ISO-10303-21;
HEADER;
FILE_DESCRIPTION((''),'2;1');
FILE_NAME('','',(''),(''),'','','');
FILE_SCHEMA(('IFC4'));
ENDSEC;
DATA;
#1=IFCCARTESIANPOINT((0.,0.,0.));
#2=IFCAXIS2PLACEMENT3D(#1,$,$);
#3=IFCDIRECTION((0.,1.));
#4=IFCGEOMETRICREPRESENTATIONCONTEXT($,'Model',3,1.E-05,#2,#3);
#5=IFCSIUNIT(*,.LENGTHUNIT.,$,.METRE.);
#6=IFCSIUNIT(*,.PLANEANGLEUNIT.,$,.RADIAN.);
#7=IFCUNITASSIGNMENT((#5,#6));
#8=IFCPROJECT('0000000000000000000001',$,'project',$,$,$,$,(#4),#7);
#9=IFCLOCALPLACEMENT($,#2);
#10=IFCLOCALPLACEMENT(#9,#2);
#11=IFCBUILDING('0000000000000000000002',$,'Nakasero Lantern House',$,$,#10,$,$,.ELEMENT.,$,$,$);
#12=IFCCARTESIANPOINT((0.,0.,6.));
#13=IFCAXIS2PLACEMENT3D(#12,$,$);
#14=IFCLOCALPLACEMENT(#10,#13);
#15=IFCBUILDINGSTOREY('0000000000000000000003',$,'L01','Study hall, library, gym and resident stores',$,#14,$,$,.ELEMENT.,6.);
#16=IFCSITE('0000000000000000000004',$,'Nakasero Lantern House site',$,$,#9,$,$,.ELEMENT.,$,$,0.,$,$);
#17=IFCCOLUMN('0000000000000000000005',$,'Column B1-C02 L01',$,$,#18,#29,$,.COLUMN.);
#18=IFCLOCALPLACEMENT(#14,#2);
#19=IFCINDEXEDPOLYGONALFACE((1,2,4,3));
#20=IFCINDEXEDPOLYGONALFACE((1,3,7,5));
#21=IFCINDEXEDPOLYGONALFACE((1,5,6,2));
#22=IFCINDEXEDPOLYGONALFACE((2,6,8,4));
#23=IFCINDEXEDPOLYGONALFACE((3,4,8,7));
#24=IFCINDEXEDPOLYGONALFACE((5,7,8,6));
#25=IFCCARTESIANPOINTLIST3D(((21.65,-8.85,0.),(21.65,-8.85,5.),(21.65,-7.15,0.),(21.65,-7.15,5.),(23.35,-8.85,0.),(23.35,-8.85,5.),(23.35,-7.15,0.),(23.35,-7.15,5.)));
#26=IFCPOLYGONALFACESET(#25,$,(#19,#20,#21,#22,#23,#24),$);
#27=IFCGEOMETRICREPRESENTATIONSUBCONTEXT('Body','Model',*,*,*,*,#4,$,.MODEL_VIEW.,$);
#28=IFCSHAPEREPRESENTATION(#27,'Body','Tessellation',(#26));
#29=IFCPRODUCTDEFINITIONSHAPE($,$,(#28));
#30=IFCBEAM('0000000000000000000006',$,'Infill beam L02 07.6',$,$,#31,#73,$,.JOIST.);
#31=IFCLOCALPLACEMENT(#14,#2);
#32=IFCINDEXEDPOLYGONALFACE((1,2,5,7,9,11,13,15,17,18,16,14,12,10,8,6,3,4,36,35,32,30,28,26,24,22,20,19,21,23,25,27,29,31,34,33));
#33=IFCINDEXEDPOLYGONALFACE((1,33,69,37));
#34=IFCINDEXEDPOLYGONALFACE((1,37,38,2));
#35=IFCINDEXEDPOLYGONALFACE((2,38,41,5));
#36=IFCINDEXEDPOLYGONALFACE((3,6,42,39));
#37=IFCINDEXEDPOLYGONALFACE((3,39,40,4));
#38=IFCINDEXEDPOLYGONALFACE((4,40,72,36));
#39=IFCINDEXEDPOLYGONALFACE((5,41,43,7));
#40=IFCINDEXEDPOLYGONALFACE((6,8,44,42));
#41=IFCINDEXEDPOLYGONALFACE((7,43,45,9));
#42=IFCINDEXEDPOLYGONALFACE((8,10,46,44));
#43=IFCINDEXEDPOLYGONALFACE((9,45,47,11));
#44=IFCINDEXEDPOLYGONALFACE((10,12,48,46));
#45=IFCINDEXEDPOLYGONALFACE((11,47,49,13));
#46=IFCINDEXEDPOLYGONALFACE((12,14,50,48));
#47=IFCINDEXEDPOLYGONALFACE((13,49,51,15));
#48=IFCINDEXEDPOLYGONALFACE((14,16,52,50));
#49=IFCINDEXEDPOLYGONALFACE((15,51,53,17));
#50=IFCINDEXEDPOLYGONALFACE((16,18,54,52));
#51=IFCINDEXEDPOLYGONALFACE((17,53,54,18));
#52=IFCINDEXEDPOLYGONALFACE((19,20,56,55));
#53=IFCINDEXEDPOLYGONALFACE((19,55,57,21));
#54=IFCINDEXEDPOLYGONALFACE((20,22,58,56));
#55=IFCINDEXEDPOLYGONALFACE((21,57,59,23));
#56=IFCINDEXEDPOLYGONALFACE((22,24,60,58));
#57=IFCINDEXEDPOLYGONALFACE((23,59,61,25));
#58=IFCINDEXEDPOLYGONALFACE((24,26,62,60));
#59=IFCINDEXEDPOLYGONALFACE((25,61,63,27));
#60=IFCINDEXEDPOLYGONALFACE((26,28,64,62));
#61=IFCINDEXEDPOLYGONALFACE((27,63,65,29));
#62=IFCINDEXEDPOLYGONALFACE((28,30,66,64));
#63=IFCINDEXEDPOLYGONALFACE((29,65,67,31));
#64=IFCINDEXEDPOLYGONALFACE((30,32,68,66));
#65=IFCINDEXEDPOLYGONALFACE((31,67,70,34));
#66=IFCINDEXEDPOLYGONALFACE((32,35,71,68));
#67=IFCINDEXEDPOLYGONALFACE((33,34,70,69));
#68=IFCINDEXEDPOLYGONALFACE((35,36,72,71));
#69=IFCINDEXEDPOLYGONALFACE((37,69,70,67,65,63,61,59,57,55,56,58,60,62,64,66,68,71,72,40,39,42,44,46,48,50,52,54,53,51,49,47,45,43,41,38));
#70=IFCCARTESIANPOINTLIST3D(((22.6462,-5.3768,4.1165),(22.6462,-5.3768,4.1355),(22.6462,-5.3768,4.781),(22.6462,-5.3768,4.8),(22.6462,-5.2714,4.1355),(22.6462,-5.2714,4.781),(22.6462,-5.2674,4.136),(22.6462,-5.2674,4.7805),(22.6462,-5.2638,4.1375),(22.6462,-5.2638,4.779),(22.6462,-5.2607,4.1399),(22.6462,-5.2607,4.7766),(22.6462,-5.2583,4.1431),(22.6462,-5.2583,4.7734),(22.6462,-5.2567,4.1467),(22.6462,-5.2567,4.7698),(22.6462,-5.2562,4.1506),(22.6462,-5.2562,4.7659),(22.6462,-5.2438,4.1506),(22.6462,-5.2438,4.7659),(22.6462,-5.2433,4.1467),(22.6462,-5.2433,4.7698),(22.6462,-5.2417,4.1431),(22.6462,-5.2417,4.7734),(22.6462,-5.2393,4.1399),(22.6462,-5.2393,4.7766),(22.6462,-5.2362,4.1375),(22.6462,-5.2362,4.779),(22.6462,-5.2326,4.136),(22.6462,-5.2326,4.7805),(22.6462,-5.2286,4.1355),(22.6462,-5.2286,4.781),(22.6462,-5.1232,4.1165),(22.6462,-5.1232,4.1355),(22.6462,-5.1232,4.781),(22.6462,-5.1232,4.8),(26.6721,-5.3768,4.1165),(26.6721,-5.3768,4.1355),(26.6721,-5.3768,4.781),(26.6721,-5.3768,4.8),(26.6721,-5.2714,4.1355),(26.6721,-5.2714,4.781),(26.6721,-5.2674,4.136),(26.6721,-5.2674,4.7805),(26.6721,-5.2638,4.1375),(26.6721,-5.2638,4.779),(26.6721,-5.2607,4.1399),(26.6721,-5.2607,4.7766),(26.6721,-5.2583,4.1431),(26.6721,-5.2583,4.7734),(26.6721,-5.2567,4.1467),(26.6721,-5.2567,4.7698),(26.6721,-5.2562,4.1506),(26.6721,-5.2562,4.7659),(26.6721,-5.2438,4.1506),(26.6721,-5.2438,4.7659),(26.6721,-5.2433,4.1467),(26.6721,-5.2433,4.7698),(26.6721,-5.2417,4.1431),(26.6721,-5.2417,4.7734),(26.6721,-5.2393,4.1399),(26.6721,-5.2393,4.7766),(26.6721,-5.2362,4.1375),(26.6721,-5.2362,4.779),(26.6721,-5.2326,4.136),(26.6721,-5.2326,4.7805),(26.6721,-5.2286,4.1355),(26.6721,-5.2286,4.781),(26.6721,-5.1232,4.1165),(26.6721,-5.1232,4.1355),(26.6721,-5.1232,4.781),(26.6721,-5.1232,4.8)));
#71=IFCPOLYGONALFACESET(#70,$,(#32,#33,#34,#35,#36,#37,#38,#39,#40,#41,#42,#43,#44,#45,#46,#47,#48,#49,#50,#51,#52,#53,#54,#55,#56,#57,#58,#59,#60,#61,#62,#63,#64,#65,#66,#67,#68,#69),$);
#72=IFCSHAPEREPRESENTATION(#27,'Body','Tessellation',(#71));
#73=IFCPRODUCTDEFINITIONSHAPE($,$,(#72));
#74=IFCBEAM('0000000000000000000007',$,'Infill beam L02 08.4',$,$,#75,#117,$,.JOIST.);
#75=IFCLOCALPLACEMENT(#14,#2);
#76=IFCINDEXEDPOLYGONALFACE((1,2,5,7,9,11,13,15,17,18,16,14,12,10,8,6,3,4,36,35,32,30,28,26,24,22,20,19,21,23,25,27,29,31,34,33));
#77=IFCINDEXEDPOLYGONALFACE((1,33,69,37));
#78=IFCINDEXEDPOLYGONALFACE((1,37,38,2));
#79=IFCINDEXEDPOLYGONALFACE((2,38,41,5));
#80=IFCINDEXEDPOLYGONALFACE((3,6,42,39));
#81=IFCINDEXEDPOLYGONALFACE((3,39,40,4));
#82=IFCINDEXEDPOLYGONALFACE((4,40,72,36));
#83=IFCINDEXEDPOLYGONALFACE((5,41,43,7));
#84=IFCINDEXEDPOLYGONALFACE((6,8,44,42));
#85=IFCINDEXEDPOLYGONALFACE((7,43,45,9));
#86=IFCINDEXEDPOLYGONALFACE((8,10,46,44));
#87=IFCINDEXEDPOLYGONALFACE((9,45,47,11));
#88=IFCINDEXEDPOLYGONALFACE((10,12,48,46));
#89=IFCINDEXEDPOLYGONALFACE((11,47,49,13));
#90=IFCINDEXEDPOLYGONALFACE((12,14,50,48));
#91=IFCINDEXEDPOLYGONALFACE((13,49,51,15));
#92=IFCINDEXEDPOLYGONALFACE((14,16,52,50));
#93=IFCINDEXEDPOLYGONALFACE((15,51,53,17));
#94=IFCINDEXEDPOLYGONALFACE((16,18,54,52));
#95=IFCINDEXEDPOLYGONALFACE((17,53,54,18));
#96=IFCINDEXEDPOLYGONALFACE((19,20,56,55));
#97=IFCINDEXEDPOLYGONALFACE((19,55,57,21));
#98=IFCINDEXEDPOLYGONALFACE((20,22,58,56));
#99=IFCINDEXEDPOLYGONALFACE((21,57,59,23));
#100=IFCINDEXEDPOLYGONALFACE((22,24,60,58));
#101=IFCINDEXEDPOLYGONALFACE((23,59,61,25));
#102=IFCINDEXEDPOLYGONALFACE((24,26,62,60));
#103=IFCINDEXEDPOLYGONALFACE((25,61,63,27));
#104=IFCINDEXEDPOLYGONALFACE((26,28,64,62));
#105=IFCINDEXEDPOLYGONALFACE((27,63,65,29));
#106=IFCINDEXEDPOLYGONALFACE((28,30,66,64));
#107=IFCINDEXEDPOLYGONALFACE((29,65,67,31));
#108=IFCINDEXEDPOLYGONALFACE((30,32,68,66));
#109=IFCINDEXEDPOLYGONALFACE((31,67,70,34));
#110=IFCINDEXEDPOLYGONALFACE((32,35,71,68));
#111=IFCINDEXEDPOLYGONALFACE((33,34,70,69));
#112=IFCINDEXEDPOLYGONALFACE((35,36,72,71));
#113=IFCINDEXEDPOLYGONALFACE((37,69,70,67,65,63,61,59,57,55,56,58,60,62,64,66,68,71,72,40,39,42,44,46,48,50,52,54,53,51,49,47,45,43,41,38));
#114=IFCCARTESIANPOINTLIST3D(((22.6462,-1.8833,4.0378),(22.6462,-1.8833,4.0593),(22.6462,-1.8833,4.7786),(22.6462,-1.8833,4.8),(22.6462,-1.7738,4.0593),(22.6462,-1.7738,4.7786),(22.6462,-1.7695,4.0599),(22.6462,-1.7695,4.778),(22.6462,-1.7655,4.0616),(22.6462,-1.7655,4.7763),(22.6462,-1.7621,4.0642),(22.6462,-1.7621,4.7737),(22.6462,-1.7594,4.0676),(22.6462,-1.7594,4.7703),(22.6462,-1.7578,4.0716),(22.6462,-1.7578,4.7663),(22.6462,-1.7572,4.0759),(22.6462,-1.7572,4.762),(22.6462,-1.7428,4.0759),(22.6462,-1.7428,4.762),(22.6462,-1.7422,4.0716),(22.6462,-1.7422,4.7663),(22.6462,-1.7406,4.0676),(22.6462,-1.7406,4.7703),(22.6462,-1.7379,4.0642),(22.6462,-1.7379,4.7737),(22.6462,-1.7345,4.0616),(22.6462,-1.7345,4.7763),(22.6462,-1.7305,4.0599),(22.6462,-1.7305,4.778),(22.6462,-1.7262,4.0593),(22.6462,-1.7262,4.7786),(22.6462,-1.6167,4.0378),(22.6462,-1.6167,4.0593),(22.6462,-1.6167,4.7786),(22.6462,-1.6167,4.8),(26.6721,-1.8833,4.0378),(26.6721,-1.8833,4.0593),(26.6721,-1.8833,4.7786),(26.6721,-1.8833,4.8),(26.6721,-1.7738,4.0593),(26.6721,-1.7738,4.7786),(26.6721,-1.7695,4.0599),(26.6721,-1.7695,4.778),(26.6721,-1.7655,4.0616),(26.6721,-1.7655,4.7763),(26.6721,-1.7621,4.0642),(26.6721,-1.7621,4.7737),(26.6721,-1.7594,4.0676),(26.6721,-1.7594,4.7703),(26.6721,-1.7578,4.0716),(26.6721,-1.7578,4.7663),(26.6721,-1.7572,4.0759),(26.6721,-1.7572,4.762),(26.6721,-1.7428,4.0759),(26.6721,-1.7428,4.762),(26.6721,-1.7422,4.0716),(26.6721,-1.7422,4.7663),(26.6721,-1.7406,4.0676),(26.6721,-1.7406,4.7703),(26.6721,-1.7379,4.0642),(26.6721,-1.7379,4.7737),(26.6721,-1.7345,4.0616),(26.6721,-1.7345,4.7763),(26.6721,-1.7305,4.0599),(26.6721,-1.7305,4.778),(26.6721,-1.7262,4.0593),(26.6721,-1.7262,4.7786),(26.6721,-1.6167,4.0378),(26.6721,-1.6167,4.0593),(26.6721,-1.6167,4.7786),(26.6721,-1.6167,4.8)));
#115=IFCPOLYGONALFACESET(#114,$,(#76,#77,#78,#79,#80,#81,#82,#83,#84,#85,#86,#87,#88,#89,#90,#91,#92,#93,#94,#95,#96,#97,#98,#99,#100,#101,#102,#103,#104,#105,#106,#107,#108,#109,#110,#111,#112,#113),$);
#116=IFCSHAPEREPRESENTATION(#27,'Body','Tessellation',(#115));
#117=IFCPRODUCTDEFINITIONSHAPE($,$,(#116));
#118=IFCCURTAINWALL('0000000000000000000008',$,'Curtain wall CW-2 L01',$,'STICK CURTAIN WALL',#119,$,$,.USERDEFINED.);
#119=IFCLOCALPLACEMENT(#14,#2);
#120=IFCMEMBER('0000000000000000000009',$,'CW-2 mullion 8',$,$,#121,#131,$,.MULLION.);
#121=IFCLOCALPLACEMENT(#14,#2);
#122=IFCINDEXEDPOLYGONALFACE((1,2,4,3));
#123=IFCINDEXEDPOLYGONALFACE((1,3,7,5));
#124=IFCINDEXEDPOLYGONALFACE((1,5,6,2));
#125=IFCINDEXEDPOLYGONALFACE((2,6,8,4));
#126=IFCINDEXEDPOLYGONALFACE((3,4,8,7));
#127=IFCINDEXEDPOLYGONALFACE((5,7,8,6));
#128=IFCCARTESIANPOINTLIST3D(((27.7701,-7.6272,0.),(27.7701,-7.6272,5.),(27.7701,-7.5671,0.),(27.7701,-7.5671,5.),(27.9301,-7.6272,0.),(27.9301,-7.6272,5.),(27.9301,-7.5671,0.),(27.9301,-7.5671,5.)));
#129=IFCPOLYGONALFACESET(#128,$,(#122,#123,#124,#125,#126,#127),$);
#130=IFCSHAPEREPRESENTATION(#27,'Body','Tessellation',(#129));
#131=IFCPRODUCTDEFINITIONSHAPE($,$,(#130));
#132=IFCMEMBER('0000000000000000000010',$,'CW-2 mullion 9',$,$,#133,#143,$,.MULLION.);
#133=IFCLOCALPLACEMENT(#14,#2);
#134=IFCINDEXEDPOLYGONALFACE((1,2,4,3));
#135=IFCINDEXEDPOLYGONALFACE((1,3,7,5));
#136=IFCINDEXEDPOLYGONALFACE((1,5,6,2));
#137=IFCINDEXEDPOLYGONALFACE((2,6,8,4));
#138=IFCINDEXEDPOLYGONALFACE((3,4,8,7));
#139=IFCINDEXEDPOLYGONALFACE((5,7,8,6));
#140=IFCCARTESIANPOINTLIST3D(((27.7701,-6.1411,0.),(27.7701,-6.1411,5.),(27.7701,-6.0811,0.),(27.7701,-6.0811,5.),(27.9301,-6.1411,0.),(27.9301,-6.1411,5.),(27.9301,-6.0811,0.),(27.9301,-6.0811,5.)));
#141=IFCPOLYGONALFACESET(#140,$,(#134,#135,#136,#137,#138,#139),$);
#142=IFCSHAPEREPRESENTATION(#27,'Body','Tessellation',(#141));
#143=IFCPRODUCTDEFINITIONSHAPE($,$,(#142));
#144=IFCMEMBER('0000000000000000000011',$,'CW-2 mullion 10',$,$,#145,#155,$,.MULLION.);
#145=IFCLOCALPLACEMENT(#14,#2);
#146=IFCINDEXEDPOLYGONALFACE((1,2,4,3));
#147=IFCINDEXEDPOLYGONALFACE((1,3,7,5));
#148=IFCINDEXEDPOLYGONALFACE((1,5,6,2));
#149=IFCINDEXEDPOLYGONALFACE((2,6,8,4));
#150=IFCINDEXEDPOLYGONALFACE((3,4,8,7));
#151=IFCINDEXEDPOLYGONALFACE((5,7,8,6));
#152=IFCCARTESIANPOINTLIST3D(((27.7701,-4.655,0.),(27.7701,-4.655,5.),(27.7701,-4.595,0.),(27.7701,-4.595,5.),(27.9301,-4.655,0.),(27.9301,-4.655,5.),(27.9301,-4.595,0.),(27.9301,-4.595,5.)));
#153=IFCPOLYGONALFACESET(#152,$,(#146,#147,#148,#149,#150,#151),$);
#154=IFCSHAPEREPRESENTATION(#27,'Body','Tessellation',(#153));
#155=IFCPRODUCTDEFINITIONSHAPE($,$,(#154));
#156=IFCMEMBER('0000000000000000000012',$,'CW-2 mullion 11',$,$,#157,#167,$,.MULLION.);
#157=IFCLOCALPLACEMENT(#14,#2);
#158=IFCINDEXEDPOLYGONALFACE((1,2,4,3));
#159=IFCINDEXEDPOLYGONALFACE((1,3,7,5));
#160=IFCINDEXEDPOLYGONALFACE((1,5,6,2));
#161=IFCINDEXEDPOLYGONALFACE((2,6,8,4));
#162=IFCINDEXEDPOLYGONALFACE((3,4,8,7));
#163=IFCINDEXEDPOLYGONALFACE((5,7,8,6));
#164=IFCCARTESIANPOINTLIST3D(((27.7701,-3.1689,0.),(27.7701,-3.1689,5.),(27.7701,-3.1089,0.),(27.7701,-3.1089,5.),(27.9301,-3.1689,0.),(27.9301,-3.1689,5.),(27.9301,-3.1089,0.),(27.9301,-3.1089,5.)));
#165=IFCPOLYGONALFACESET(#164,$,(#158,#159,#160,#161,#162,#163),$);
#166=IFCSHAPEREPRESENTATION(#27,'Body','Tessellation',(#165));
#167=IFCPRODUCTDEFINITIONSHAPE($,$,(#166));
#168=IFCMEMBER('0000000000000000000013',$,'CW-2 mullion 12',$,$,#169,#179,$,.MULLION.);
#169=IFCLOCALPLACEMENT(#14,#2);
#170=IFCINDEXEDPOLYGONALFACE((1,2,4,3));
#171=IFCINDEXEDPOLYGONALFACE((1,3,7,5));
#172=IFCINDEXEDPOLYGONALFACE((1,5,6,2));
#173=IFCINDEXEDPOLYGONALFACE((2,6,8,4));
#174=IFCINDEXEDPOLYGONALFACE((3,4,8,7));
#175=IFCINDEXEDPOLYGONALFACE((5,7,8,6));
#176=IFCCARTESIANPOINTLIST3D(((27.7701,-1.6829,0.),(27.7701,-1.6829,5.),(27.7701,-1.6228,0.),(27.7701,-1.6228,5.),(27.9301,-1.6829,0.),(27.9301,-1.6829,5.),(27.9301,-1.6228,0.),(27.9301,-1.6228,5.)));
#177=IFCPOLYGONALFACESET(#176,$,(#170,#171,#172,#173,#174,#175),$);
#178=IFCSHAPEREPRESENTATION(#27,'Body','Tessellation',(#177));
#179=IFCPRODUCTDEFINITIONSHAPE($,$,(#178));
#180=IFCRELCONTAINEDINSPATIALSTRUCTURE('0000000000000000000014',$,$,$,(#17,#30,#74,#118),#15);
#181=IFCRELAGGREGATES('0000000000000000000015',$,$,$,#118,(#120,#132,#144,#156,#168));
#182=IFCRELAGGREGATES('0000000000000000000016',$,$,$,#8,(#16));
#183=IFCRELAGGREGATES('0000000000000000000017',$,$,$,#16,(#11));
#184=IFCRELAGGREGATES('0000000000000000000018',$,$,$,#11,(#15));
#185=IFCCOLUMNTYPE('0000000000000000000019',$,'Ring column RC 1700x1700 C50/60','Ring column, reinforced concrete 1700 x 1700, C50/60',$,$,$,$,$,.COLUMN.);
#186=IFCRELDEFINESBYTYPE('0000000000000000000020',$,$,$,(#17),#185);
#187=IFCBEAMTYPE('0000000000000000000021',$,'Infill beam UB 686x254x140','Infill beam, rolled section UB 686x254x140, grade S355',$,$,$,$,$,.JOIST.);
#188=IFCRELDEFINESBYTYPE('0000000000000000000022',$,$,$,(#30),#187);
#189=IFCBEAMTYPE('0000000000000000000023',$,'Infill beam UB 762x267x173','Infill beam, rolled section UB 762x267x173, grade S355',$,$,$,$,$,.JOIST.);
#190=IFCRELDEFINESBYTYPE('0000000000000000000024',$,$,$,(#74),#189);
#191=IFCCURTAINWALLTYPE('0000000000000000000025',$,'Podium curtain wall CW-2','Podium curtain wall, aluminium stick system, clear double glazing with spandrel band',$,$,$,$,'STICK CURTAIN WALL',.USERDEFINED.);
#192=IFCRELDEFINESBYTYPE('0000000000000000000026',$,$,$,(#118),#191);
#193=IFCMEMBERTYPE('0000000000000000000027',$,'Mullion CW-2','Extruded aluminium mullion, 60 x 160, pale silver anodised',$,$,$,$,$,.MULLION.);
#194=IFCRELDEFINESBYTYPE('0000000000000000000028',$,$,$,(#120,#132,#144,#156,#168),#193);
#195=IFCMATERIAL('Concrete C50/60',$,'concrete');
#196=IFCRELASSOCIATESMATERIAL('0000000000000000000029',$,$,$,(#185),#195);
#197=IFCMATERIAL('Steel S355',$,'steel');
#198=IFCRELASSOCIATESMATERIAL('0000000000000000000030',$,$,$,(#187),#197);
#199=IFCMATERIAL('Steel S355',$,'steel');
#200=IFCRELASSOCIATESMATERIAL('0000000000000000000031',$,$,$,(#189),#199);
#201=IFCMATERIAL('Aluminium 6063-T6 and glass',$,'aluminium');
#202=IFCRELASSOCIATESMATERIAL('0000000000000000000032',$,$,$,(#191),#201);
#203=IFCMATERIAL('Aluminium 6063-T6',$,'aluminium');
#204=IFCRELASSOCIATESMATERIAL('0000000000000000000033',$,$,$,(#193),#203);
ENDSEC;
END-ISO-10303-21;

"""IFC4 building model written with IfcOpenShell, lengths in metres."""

from ifc_helpers import new_model, si_unit, direction, frame, origin, origin_2d, place, context, subcontext, project, spatial, rectangle, i_section, extrude, material, material_profile, profile_set, type_object, element, aggregate, save


model = new_model("IFC4")

# Units and contexts
model_context = context("Model", 3, precision=1e-05, world=origin(), true_north=direction((0.0, 1.0)))
body_context = subcontext(model_context, "Body", "Model", "MODEL_VIEW")
ifc_project = project(units=[si_unit("LENGTHUNIT", "METRE"), si_unit("PLANEANGLEUNIT", "RADIAN")], contexts=[model_context])

# Site, building, storey
site_placement = place(None, origin())
site = spatial("IfcSite", under=ifc_project, at=site_placement, Name="Nakasero Lantern House site", CompositionType="ELEMENT", RefElevation=0.0)
building_placement = place(site_placement, origin())
building = spatial("IfcBuilding", under=site, at=building_placement, Name="Nakasero Lantern House", CompositionType="ELEMENT")
storey_placement = place(building_placement, frame((0.0, 0.0, 6.0)))
storey = spatial("IfcBuildingStorey", under=building, at=storey_placement, Name="L01", Description="Study hall, library, gym and resident stores", CompositionType="ELEMENT", Elevation=6.0)

# Column
ifc_material_1 = material(Name="Concrete C50/60", Category="concrete")
ifc_material_profile_1 = material_profile(ifc_material_1, rectangle(XDim=1.7, YDim=1.7, at=origin_2d()), Name="RC 1700x1700")
ifc_profile_set_1 = profile_set([ifc_material_profile_1], Name="Concrete C50/60")
column_type = type_object("IfcColumnType", Name="Ring column RC 1700x1700 C50/60", Description="Ring column, reinforced concrete 1700 x 1700, C50/60", PredefinedType="COLUMN", material=ifc_profile_set_1)
column_placement = place(storey_placement, frame((22.5, -8.0, 0.0), z_axis=(0.0, 0.0, 1.0), x_axis=(1.0, 0.0, 0.0)))
element("IfcColumn", 1, at=column_placement, inside=storey, type_object=column_type, Name="Column B1-C02 L01", PredefinedType="COLUMN", context=body_context, shape_type="SweptSolid", body=[
    extrude(rectangle(XDim=1.7, YDim=1.7, at=origin_2d()), origin(), (0.0, 0.0, 1.0), 5.0),
])

# Beams
ifc_material_2 = material(Name="Steel S355", Category="steel")
ifc_material_profile_2 = material_profile(ifc_material_2, i_section(OverallWidth=0.2537, OverallDepth=0.6836, WebThickness=0.0125, FlangeThickness=0.019, FilletRadius=0.0151, at=origin_2d()), Name="UB 686x254x140")
ifc_profile_set_2 = profile_set([ifc_material_profile_2], Name="Steel S355")
beam_type_1 = type_object("IfcBeamType", Name="Infill beam UB 686x254x140", Description="Infill beam, rolled section UB 686x254x140, grade S355", PredefinedType="JOIST", material=ifc_profile_set_2)
beam_1_placement = place(storey_placement, frame((22.6462, -5.25, 4.4583), z_axis=(1.0, 0.0, 0.0), x_axis=(0.0, 1.0, 0.0)))
element("IfcBeam", 2, at=beam_1_placement, inside=storey, type_object=beam_type_1, Name="Infill beam L02 07.6", PredefinedType="JOIST", context=body_context, shape_type="SweptSolid", body=[
    extrude(i_section(OverallWidth=0.2537, OverallDepth=0.6836, WebThickness=0.0125, FlangeThickness=0.019, FilletRadius=0.0151, at=origin_2d()), origin(), (0.0, 0.0, 1.0), 4.0259),
])
ifc_material_3 = material(Name="Steel S355", Category="steel")
ifc_material_profile_3 = material_profile(ifc_material_3, i_section(OverallWidth=0.2666, OverallDepth=0.7622, WebThickness=0.0144, FlangeThickness=0.0215, FilletRadius=0.0166, at=origin_2d()), Name="UB 762x267x173")
ifc_profile_set_3 = profile_set([ifc_material_profile_3], Name="Steel S355")
beam_type_2 = type_object("IfcBeamType", Name="Infill beam UB 762x267x173", Description="Infill beam, rolled section UB 762x267x173, grade S355", PredefinedType="JOIST", material=ifc_profile_set_3)
beam_2_placement = place(storey_placement, frame((22.6462, -1.75, 4.4189), z_axis=(1.0, 0.0, 0.0), x_axis=(0.0, 1.0, 0.0)))
element("IfcBeam", 3, at=beam_2_placement, inside=storey, type_object=beam_type_2, Name="Infill beam L02 08.4", PredefinedType="JOIST", context=body_context, shape_type="SweptSolid", body=[
    extrude(i_section(OverallWidth=0.2666, OverallDepth=0.7622, WebThickness=0.0144, FlangeThickness=0.0215, FilletRadius=0.0166, at=origin_2d()), origin(), (0.0, 0.0, 1.0), 4.0259),
])

# Curtain wall, members
ifc_material_4 = material(Name="Aluminium 6063-T6 and glass", Category="aluminium")
curtain_wall_type = type_object("IfcCurtainWallType", Name="Podium curtain wall CW-2", Description="Podium curtain wall, aluminium stick system, clear double glazing with spandrel band", ElementType="STICK CURTAIN WALL", PredefinedType="USERDEFINED", material=ifc_material_4)
curtain_wall_placement = place(storey_placement, origin())
curtain_wall = element("IfcCurtainWall", 4, at=curtain_wall_placement, inside=storey, type_object=curtain_wall_type, Name="Curtain wall CW-2 L01", ObjectType="STICK CURTAIN WALL", PredefinedType="USERDEFINED")
ifc_material_5 = material(Name="Aluminium 6063-T6", Category="aluminium")
ifc_material_profile_4 = material_profile(ifc_material_5, rectangle(XDim=0.0601, YDim=0.1599, at=origin_2d()), Name="CW-2 mullion 60x160")
ifc_profile_set_4 = profile_set([ifc_material_profile_4], Name="Aluminium 6063-T6")
member_type_1 = type_object("IfcMemberType", Name="Mullion CW-2", Description="Extruded aluminium mullion, 60 x 160, pale silver anodised", PredefinedType="MULLION", material=ifc_profile_set_4)
member_1_placement = place(storey_placement, frame((27.8501, -7.5972, 0.0), z_axis=(0.0, 0.0, 1.0), x_axis=(0.0, 1.0, 0.0)))
member_1 = element("IfcMember", 5, at=member_1_placement, type_object=member_type_1, Name="CW-2 mullion 8", PredefinedType="MULLION", context=body_context, shape_type="SweptSolid", body=[
    extrude(rectangle(XDim=0.0601, YDim=0.1599, at=origin_2d()), origin(), (0.0, 0.0, 1.0), 5.0),
])
member_2_placement = place(storey_placement, frame((27.8501, -6.1111, 0.0), z_axis=(0.0, 0.0, 1.0), x_axis=(0.0, 1.0, 0.0)))
member_2 = element("IfcMember", 6, at=member_2_placement, type_object=member_type_1, Name="CW-2 mullion 9", PredefinedType="MULLION", context=body_context, shape_type="SweptSolid", body=[
    extrude(rectangle(XDim=0.0601, YDim=0.1599, at=origin_2d()), origin(), (0.0, 0.0, 1.0), 5.0),
])
member_3_placement = place(storey_placement, frame((27.8501, -4.625, 0.0), z_axis=(0.0, 0.0, 1.0), x_axis=(0.0, 1.0, 0.0)))
member_3 = element("IfcMember", 7, at=member_3_placement, type_object=member_type_1, Name="CW-2 mullion 10", PredefinedType="MULLION", context=body_context, shape_type="SweptSolid", body=[
    extrude(rectangle(XDim=0.0601, YDim=0.1599, at=origin_2d()), origin(), (0.0, 0.0, 1.0), 5.0),
])
member_4_placement = place(storey_placement, frame((27.8501, -3.1389, 0.0), z_axis=(0.0, 0.0, 1.0), x_axis=(0.0, 1.0, 0.0)))
member_4 = element("IfcMember", 8, at=member_4_placement, type_object=member_type_1, Name="CW-2 mullion 11", PredefinedType="MULLION", context=body_context, shape_type="SweptSolid", body=[
    extrude(rectangle(XDim=0.0601, YDim=0.1599, at=origin_2d()), origin(), (0.0, 0.0, 1.0), 5.0),
])
member_5_placement = place(storey_placement, frame((27.8501, -1.6528, 0.0), z_axis=(0.0, 0.0, 1.0), x_axis=(0.0, 1.0, 0.0)))
member_5 = element("IfcMember", 9, at=member_5_placement, type_object=member_type_1, Name="CW-2 mullion 12", PredefinedType="MULLION", context=body_context, shape_type="SweptSolid", body=[
    extrude(rectangle(XDim=0.0601, YDim=0.1599, at=origin_2d()), origin(), (0.0, 0.0, 1.0), 5.0),
])

aggregate(curtain_wall, [member_1, member_2, member_3, member_4, member_5])

save(model, "model.ifc")
